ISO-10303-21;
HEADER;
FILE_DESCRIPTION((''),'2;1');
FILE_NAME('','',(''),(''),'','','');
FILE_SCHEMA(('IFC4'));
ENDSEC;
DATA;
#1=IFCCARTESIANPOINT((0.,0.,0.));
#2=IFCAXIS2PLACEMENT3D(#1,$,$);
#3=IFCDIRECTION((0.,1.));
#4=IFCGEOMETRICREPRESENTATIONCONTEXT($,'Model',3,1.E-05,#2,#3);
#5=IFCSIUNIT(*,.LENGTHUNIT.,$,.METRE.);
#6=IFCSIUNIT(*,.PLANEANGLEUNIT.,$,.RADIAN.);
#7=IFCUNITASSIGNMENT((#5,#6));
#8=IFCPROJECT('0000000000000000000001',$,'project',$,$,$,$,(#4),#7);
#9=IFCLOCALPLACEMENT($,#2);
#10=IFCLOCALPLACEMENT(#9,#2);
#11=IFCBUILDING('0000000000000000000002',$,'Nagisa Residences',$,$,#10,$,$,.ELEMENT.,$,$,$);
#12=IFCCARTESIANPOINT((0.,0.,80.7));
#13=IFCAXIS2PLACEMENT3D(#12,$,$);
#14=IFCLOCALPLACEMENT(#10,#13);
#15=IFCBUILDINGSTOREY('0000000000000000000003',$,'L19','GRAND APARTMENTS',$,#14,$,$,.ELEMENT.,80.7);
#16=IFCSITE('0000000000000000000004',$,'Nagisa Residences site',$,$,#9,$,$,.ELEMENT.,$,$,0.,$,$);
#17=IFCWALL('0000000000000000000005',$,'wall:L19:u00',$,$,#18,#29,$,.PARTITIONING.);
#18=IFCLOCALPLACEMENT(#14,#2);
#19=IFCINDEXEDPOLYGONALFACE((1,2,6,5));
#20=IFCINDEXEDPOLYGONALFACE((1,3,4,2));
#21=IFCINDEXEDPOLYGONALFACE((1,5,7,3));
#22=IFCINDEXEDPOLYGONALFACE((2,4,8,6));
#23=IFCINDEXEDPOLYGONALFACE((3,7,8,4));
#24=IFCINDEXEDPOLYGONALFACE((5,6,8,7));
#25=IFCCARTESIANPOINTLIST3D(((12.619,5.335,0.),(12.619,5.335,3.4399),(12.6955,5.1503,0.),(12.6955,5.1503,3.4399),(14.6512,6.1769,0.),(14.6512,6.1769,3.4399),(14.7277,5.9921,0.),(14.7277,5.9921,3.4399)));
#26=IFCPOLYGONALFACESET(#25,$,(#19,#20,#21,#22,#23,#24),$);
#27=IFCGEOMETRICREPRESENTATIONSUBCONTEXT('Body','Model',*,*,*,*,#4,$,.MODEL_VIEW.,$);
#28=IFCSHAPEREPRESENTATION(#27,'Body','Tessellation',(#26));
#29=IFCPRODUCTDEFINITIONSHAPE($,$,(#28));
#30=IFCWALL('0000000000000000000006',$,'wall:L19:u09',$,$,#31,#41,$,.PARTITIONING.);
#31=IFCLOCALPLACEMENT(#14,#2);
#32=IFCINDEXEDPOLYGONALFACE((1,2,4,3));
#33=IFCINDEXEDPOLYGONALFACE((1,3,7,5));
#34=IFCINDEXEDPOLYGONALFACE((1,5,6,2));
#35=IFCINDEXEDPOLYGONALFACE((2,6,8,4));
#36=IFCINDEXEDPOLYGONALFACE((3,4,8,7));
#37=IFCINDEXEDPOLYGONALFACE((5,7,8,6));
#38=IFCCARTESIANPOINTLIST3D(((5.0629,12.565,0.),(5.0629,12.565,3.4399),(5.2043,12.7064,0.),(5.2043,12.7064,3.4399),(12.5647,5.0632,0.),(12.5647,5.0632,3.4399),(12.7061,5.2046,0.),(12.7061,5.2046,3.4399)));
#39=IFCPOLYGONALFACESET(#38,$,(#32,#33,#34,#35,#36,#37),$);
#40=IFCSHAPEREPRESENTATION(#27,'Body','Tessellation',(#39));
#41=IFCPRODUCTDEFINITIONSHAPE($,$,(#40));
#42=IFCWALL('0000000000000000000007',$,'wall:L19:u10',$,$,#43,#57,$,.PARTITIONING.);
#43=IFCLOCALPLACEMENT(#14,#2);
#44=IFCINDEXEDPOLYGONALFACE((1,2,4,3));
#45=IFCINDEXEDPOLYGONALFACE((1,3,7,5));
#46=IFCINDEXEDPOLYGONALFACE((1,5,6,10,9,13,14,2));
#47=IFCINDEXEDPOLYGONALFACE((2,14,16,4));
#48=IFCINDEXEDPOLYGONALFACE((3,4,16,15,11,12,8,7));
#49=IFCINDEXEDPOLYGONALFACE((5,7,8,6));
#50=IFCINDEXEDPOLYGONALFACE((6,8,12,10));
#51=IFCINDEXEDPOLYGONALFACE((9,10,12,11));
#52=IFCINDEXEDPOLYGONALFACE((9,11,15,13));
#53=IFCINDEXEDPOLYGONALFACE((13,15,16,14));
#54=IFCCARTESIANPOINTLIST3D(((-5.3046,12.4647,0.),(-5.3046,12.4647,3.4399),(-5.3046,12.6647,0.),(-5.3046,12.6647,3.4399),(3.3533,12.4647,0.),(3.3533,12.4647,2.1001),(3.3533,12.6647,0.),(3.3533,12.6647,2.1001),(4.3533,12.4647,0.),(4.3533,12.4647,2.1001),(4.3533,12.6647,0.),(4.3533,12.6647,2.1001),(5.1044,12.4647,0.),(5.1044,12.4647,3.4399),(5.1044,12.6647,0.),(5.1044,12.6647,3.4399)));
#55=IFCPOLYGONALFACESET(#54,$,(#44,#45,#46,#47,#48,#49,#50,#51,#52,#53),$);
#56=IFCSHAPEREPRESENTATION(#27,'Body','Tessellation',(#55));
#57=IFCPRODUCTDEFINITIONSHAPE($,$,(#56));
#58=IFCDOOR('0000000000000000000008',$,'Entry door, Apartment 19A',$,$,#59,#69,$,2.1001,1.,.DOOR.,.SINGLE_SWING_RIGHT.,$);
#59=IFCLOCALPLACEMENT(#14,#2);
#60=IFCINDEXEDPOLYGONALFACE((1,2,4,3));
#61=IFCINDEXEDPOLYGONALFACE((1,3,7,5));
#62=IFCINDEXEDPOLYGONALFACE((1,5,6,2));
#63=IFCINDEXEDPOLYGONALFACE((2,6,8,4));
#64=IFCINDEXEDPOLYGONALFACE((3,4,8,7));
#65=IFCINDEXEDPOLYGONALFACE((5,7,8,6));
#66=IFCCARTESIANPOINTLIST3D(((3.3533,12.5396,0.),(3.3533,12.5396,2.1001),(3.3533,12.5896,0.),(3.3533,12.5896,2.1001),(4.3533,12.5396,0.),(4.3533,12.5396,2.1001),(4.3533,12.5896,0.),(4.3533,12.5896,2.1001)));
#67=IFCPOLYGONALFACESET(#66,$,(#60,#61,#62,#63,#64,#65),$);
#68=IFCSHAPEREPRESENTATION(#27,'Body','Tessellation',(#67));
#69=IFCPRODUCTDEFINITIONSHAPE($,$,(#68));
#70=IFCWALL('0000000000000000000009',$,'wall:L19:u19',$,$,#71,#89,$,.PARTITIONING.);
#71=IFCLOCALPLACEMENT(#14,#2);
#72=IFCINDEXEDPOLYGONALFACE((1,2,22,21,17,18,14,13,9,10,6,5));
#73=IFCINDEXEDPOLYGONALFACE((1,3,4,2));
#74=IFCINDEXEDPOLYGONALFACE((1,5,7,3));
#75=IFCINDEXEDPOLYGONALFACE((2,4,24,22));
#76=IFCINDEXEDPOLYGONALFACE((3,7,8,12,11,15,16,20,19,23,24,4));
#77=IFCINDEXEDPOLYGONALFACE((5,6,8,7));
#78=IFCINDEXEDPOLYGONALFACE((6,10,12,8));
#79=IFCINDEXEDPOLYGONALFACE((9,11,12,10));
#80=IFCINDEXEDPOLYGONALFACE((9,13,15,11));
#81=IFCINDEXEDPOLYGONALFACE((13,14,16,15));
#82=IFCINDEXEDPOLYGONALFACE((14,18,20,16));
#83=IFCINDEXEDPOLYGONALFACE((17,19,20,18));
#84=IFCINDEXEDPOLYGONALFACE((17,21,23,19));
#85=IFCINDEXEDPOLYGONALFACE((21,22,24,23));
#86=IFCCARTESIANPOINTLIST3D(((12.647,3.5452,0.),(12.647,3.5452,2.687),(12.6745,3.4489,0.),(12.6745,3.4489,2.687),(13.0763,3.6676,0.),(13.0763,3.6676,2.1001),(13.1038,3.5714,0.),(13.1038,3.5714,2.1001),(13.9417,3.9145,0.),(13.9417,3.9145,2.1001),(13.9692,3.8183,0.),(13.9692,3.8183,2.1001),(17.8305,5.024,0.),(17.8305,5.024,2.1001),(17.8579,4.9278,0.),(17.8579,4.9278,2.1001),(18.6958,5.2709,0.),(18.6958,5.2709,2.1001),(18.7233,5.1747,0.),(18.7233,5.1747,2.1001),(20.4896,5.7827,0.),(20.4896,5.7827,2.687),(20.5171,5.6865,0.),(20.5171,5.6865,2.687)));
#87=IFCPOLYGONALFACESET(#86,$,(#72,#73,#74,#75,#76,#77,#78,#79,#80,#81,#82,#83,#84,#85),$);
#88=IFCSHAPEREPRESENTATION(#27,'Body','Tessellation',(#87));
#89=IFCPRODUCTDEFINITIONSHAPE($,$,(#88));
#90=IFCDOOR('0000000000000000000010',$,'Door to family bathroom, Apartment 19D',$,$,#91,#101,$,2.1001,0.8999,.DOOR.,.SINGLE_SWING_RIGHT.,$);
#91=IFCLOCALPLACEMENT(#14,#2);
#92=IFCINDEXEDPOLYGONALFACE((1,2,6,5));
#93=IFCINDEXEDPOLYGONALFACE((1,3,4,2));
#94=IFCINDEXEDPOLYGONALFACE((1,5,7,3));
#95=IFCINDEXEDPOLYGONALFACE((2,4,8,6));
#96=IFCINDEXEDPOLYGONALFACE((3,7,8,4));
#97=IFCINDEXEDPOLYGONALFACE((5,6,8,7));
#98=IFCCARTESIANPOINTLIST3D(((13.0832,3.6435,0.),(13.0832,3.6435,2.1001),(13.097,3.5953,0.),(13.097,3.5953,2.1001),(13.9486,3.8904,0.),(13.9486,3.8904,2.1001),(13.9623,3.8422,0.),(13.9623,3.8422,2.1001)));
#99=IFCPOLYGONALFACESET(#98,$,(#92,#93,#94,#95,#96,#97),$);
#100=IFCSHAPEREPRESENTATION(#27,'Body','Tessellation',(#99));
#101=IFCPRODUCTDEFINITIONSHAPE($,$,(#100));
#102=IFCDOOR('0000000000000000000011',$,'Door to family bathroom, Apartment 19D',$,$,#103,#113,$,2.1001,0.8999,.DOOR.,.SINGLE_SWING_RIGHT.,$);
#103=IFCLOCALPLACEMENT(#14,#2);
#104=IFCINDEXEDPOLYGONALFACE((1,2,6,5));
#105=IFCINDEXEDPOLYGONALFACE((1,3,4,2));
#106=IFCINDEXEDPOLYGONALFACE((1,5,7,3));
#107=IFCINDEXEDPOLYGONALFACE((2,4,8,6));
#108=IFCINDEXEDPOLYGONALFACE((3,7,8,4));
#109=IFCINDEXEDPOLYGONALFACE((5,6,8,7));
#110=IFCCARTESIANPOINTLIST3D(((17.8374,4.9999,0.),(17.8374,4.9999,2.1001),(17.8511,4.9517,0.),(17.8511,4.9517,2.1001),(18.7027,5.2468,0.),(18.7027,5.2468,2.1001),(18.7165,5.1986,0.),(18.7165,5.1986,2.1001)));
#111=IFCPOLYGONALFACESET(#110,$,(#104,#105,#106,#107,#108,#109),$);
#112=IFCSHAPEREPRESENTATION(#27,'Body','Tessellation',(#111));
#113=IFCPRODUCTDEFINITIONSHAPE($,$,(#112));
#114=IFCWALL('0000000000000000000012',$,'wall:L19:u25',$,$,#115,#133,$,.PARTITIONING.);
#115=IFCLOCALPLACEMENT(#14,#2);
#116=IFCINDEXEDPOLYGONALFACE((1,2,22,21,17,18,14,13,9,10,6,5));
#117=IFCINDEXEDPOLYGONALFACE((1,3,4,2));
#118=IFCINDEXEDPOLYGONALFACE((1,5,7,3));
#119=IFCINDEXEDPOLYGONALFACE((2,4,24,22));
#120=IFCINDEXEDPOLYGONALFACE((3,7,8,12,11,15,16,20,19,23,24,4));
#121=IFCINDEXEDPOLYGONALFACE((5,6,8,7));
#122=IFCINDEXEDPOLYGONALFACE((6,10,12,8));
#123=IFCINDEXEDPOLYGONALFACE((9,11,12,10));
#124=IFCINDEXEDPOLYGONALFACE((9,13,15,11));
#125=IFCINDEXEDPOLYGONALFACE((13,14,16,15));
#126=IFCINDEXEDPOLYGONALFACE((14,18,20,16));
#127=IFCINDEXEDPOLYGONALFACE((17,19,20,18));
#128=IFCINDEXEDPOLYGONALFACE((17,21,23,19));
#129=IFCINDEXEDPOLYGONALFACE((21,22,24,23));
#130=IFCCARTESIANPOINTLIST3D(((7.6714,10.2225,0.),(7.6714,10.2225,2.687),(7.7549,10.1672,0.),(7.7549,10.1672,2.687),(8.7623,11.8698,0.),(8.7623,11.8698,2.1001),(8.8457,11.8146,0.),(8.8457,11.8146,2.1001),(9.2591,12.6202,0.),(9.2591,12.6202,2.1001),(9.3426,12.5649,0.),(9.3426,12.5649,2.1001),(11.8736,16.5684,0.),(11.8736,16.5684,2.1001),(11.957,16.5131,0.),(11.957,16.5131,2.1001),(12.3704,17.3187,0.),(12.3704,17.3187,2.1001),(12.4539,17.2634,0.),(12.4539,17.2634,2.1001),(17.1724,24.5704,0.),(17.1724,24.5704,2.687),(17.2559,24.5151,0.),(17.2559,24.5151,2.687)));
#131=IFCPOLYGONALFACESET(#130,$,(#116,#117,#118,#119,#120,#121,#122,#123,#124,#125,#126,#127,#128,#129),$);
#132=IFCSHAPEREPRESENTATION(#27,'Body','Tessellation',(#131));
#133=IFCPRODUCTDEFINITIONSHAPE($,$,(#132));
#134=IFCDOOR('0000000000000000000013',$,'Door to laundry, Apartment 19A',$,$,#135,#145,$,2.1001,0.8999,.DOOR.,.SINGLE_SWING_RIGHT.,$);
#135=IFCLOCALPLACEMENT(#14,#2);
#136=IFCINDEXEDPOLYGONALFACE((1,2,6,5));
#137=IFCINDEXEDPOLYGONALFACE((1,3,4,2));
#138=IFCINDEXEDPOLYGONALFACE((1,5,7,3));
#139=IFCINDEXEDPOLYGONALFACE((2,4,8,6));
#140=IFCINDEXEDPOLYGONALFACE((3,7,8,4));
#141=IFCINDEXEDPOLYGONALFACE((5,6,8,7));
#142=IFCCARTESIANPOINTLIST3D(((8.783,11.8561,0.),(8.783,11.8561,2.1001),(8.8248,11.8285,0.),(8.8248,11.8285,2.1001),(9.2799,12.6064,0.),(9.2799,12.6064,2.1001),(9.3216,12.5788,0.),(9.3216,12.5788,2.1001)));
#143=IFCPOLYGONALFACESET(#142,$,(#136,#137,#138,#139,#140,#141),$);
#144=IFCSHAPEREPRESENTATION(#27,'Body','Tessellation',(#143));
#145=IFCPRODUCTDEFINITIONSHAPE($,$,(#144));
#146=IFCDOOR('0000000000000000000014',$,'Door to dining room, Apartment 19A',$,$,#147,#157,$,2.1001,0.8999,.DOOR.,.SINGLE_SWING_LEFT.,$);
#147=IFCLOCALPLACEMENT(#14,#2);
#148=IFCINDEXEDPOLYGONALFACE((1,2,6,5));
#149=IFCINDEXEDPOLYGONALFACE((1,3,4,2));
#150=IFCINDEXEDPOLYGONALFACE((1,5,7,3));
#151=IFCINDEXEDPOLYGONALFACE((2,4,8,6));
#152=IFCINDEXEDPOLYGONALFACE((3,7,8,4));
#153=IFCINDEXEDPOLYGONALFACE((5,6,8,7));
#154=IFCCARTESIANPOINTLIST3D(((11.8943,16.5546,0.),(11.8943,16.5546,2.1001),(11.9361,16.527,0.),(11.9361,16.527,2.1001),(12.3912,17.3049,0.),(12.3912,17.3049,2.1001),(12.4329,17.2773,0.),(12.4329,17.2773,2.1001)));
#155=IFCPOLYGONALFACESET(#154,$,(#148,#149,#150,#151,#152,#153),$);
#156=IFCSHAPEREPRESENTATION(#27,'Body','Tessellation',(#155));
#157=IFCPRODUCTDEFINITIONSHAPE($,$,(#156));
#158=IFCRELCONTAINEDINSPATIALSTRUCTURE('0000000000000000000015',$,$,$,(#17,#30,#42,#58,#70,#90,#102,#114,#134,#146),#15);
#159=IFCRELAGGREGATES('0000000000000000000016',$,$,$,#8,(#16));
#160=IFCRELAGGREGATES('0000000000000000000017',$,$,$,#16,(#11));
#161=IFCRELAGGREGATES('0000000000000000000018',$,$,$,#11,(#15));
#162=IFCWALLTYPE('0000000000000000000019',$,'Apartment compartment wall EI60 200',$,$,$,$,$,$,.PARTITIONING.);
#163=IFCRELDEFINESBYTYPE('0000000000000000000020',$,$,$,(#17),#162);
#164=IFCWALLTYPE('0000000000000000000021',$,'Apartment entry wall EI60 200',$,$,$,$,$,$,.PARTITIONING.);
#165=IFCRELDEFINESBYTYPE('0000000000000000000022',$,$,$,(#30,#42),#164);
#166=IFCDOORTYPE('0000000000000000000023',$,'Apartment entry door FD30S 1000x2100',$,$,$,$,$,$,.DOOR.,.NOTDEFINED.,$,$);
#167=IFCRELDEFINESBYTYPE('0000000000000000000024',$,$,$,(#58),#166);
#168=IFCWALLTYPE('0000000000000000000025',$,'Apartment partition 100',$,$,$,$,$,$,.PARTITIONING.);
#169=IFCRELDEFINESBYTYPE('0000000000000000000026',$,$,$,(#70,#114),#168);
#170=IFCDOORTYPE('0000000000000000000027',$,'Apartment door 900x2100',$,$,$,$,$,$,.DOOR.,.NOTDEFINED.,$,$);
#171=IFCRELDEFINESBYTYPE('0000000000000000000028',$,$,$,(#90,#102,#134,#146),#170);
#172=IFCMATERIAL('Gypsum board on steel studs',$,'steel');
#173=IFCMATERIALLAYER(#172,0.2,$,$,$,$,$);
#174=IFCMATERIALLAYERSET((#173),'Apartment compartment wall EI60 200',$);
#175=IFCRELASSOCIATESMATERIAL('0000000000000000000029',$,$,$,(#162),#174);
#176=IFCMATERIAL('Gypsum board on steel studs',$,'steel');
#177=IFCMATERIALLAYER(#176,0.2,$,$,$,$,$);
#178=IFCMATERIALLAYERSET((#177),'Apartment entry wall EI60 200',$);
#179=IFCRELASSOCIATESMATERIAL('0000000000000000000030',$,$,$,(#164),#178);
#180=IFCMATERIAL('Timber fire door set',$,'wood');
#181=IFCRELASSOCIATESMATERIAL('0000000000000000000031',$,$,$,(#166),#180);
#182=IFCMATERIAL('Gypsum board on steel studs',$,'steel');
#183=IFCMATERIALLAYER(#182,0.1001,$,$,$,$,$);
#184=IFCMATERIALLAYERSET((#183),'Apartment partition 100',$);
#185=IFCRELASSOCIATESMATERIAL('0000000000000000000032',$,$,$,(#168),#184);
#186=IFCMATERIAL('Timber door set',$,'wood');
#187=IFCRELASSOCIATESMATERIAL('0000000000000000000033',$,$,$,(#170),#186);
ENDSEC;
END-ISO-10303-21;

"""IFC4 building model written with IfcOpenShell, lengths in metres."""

from ifc_helpers import new_model, si_unit, direction, frame, frame_2d, origin, place, context, subcontext, project, spatial, rectangle, extrude, material, layer, layer_set, type_object, element, fill, save


model = new_model("IFC4")

# Units and contexts
model_context = context("Model", 3, precision=1e-05, world=origin(), true_north=direction((0.0, 1.0)))
body_context = subcontext(model_context, "Body", "Model", "MODEL_VIEW")
ifc_project = project(units=[si_unit("LENGTHUNIT", "METRE"), si_unit("PLANEANGLEUNIT", "RADIAN")], contexts=[model_context])

# Site, building, storey
site_placement = place(None, origin())
site = spatial("IfcSite", under=ifc_project, at=site_placement, Name="Nagisa Residences site", CompositionType="ELEMENT", RefElevation=0.0)
building_placement = place(site_placement, origin())
building = spatial("IfcBuilding", under=site, at=building_placement, Name="Nagisa Residences", CompositionType="ELEMENT")
storey_placement = place(building_placement, frame((0.0, 0.0, 80.7)))
storey = spatial("IfcBuildingStorey", under=building, at=storey_placement, Name="L19", Description="GRAND APARTMENTS", CompositionType="ELEMENT", Elevation=80.7)

# Walls
ifc_material_1 = material(Name="Gypsum board on steel studs", Category="steel")
ifc_layer_1 = layer(ifc_material_1, 0.2)
ifc_layer_set_1 = layer_set([ifc_layer_1], Name="Apartment compartment wall EI60 200")
wall_type_1 = type_object("IfcWallType", Name="Apartment compartment wall EI60 200", PredefinedType="PARTITIONING", material=ifc_layer_set_1)
wall_1_placement = place(storey_placement, frame((12.6572, 5.2427, 0.0), z_axis=(0.0, 0.0, 1.0), x_axis=(0.923876, 0.382692, 0.0)))
element("IfcWall", 1, at=wall_1_placement, inside=storey, type_object=wall_type_1, Name="wall:L19:u00", PredefinedType="PARTITIONING", context=body_context, shape_type="SweptSolid", body=[
    extrude(rectangle(XDim=2.1997, YDim=0.2, at=frame_2d((1.0999, 0.0))), origin(), (0.0, 0.0, 1.0), 3.4399),
])
ifc_material_2 = material(Name="Gypsum board on steel studs", Category="steel")
ifc_layer_2 = layer(ifc_material_2, 0.2)
ifc_layer_set_2 = layer_set([ifc_layer_2], Name="Apartment entry wall EI60 200")
wall_type_2 = type_object("IfcWallType", Name="Apartment entry wall EI60 200", PredefinedType="PARTITIONING", material=ifc_layer_set_2)
wall_2_placement = place(storey_placement, frame((12.6355, 5.1338, 0.0), z_axis=(0.0, 0.0, 1.0), x_axis=(-0.707107, 0.707107, 0.0)))
element("IfcWall", 2, at=wall_2_placement, inside=storey, type_object=wall_type_2, Name="wall:L19:u09", PredefinedType="PARTITIONING", context=body_context, shape_type="SweptSolid", body=[
    extrude(rectangle(XDim=10.6091, YDim=0.2, at=frame_2d((5.3047, 0.0))), origin(), (0.0, 0.0, 1.0), 3.4399),
])

# Wall, opening, door
wall_3_placement = place(storey_placement, frame((5.1045, 12.5647, 0.0), z_axis=(0.0, 0.0, 1.0), x_axis=(-1.0, 0.0, 0.0)))
wall_3 = element("IfcWall", 3, at=wall_3_placement, inside=storey, type_object=wall_type_2, Name="wall:L19:u10", PredefinedType="PARTITIONING", context=body_context, shape_type="SweptSolid", body=[
    extrude(rectangle(XDim=10.4089, YDim=0.2, at=frame_2d((5.2046, 0.0))), origin(), (0.0, 0.0, 1.0), 3.4399),
])
opening_1_placement = place(wall_3_placement, frame((0.7512, 0.0, 0.0)))
opening_1 = element("IfcOpeningElement", 4, at=opening_1_placement, cuts=wall_3, PredefinedType="OPENING", context=body_context, shape_type="SweptSolid", body=[
    extrude(rectangle(XDim=1.0, YDim=2.1001, at=frame_2d((0.5, 1.05))), frame((0.0, 0.1099, 0.0), z_axis=(0.0, -1.0, 0.0), x_axis=(1.0, 0.0, 0.0)), (0.0, 0.0, 1.0), 0.22),
])
ifc_material_3 = material(Name="Timber fire door set", Category="wood")
door_type_1 = type_object("IfcDoorType", Name="Apartment entry door FD30S 1000x2100", OperationType="NOTDEFINED", PredefinedType="DOOR", material=ifc_material_3)
door_1_placement = place(opening_1_placement, frame((1.0, 0.0, 0.0), x_axis=(-1.0, 0.0, 0.0)))
door_1 = element("IfcDoor", 5, at=door_1_placement, inside=storey, type_object=door_type_1, Name="Entry door, Apartment 19A", OperationType="SINGLE_SWING_RIGHT", OverallHeight=2.1001, OverallWidth=1.0, PredefinedType="DOOR", context=body_context, shape_type="SweptSolid", body=[
    extrude(rectangle(XDim=1.0, YDim=2.1001, at=frame_2d((0.5, 1.05))), frame((0.0, 0.0249, 0.0), z_axis=(0.0, -1.0, 0.0), x_axis=(1.0, 0.0, 0.0)), (0.0, 0.0, 1.0), 0.05),
])
fill(opening_1, door_1)

# Walls, openings, doors
ifc_material_4 = material(Name="Gypsum board on steel studs", Category="steel")
ifc_layer_3 = layer(ifc_material_4, 0.1001)
ifc_layer_set_3 = layer_set([ifc_layer_3], Name="Apartment partition 100")
wall_type_3 = type_object("IfcWallType", Name="Apartment partition 100", PredefinedType="PARTITIONING", material=ifc_layer_set_3)
wall_4_placement = place(storey_placement, frame((12.6609, 3.4971, 0.0), z_axis=(0.0, 0.0, 1.0), x_axis=(0.961627, 0.274361, 0.0)))
wall_4 = element("IfcWall", 6, at=wall_4_placement, inside=storey, type_object=wall_type_3, Name="wall:L19:u19", PredefinedType="PARTITIONING", context=body_context, shape_type="SweptSolid", body=[
    extrude(rectangle(XDim=8.1555, YDim=0.1001, at=frame_2d((4.0776, 0.0))), origin(), (0.0, 0.0, 1.0), 2.687),
])
opening_2_placement = place(wall_4_placement, frame((0.4463, 0.0, 0.0)))
opening_2 = element("IfcOpeningElement", 7, at=opening_2_placement, cuts=wall_4, PredefinedType="OPENING", context=body_context, shape_type="SweptSolid", body=[
    extrude(rectangle(XDim=0.8999, YDim=2.1001, at=frame_2d((0.45, 1.05))), frame((0.0, 0.0601, 0.0), z_axis=(0.0, -1.0, 0.0), x_axis=(1.0, 0.0, 0.0)), (0.0, 0.0, 1.0), 0.1201),
])
opening_3_placement = place(wall_4_placement, frame((5.3901, 0.0, 0.0)))
opening_3 = element("IfcOpeningElement", 8, at=opening_3_placement, cuts=wall_4, PredefinedType="OPENING", context=body_context, shape_type="SweptSolid", body=[
    extrude(rectangle(XDim=0.8999, YDim=2.1001, at=frame_2d((0.45, 1.05))), frame((0.0, 0.0601, 0.0), z_axis=(0.0, -1.0, 0.0), x_axis=(1.0, 0.0, 0.0)), (0.0, 0.0, 1.0), 0.1201),
])
ifc_material_5 = material(Name="Timber door set", Category="wood")
door_type_2 = type_object("IfcDoorType", Name="Apartment door 900x2100", OperationType="NOTDEFINED", PredefinedType="DOOR", material=ifc_material_5)
door_2_placement = place(opening_2_placement, origin())
door_2 = element("IfcDoor", 9, at=door_2_placement, inside=storey, type_object=door_type_2, Name="Door to family bathroom, Apartment 19D", OperationType="SINGLE_SWING_RIGHT", OverallHeight=2.1001, OverallWidth=0.8999, PredefinedType="DOOR", context=body_context, shape_type="SweptSolid", body=[
    extrude(rectangle(XDim=0.8999, YDim=2.1001, at=frame_2d((0.45, 1.05))), frame((0.0, 0.0249, 0.0), z_axis=(0.0, -1.0, 0.0), x_axis=(1.0, 0.0, 0.0)), (0.0, 0.0, 1.0), 0.05),
])
fill(opening_2, door_2)
door_3_placement = place(opening_3_placement, origin())
door_3 = element("IfcDoor", 10, at=door_3_placement, inside=storey, type_object=door_type_2, Name="Door to family bathroom, Apartment 19D", OperationType="SINGLE_SWING_RIGHT", OverallHeight=2.1001, OverallWidth=0.8999, PredefinedType="DOOR", context=body_context, shape_type="SweptSolid", body=[
    extrude(rectangle(XDim=0.8999, YDim=2.1001, at=frame_2d((0.45, 1.05))), frame((0.0, 0.0249, 0.0), z_axis=(0.0, -1.0, 0.0), x_axis=(1.0, 0.0, 0.0)), (0.0, 0.0, 1.0), 0.05),
])
fill(opening_3, door_3)
wall_5_placement = place(storey_placement, frame((7.7131, 10.1948, 0.0), z_axis=(0.0, 0.0, 1.0), x_axis=(0.552111, 0.833771, 0.0)))
wall_5 = element("IfcWall", 11, at=wall_5_placement, inside=storey, type_object=wall_type_3, Name="wall:L19:u25", PredefinedType="PARTITIONING", context=body_context, shape_type="SweptSolid", body=[
    extrude(rectangle(XDim=17.2085, YDim=0.1001, at=frame_2d((8.6042, 0.0))), origin(), (0.0, 0.0, 1.0), 2.687),
])
opening_4_placement = place(wall_5_placement, frame((1.9758, 0.0, 0.0)))
opening_4 = element("IfcOpeningElement", 12, at=opening_4_placement, cuts=wall_5, PredefinedType="OPENING", context=body_context, shape_type="SweptSolid", body=[
    extrude(rectangle(XDim=0.8999, YDim=2.1001, at=frame_2d((0.45, 1.05))), frame((0.0, 0.0601, 0.0), z_axis=(0.0, -1.0, 0.0), x_axis=(1.0, 0.0, 0.0)), (0.0, 0.0, 1.0), 0.1201),
])
opening_5_placement = place(wall_5_placement, frame((7.6111, 0.0, 0.0)))
opening_5 = element("IfcOpeningElement", 13, at=opening_5_placement, cuts=wall_5, PredefinedType="OPENING", context=body_context, shape_type="SweptSolid", body=[
    extrude(rectangle(XDim=0.8999, YDim=2.1001, at=frame_2d((0.45, 1.05))), frame((0.0, 0.0601, 0.0), z_axis=(0.0, -1.0, 0.0), x_axis=(1.0, 0.0, 0.0)), (0.0, 0.0, 1.0), 0.1201),
])
door_4_placement = place(opening_4_placement, frame((0.8999, 0.0, 0.0), x_axis=(-1.0, 0.0, 0.0)))
door_4 = element("IfcDoor", 14, at=door_4_placement, inside=storey, type_object=door_type_2, Name="Door to laundry, Apartment 19A", OperationType="SINGLE_SWING_RIGHT", OverallHeight=2.1001, OverallWidth=0.8999, PredefinedType="DOOR", context=body_context, shape_type="SweptSolid", body=[
    extrude(rectangle(XDim=0.8999, YDim=2.1001, at=frame_2d((0.45, 1.05))), frame((0.0, 0.0249, 0.0), z_axis=(0.0, -1.0, 0.0), x_axis=(1.0, 0.0, 0.0)), (0.0, 0.0, 1.0), 0.05),
])
fill(opening_4, door_4)
door_5_placement = place(opening_5_placement, frame((0.8999, 0.0, 0.0), x_axis=(-1.0, 0.0, 0.0)))
door_5 = element("IfcDoor", 15, at=door_5_placement, inside=storey, type_object=door_type_2, Name="Door to dining room, Apartment 19A", OperationType="SINGLE_SWING_LEFT", OverallHeight=2.1001, OverallWidth=0.8999, PredefinedType="DOOR", context=body_context, shape_type="SweptSolid", body=[
    extrude(rectangle(XDim=0.8999, YDim=2.1001, at=frame_2d((0.45, 1.05))), frame((0.0, 0.0249, 0.0), z_axis=(0.0, -1.0, 0.0), x_axis=(1.0, 0.0, 0.0)), (0.0, 0.0, 1.0), 0.05),
])
fill(opening_5, door_5)

save(model, "model.ifc")
